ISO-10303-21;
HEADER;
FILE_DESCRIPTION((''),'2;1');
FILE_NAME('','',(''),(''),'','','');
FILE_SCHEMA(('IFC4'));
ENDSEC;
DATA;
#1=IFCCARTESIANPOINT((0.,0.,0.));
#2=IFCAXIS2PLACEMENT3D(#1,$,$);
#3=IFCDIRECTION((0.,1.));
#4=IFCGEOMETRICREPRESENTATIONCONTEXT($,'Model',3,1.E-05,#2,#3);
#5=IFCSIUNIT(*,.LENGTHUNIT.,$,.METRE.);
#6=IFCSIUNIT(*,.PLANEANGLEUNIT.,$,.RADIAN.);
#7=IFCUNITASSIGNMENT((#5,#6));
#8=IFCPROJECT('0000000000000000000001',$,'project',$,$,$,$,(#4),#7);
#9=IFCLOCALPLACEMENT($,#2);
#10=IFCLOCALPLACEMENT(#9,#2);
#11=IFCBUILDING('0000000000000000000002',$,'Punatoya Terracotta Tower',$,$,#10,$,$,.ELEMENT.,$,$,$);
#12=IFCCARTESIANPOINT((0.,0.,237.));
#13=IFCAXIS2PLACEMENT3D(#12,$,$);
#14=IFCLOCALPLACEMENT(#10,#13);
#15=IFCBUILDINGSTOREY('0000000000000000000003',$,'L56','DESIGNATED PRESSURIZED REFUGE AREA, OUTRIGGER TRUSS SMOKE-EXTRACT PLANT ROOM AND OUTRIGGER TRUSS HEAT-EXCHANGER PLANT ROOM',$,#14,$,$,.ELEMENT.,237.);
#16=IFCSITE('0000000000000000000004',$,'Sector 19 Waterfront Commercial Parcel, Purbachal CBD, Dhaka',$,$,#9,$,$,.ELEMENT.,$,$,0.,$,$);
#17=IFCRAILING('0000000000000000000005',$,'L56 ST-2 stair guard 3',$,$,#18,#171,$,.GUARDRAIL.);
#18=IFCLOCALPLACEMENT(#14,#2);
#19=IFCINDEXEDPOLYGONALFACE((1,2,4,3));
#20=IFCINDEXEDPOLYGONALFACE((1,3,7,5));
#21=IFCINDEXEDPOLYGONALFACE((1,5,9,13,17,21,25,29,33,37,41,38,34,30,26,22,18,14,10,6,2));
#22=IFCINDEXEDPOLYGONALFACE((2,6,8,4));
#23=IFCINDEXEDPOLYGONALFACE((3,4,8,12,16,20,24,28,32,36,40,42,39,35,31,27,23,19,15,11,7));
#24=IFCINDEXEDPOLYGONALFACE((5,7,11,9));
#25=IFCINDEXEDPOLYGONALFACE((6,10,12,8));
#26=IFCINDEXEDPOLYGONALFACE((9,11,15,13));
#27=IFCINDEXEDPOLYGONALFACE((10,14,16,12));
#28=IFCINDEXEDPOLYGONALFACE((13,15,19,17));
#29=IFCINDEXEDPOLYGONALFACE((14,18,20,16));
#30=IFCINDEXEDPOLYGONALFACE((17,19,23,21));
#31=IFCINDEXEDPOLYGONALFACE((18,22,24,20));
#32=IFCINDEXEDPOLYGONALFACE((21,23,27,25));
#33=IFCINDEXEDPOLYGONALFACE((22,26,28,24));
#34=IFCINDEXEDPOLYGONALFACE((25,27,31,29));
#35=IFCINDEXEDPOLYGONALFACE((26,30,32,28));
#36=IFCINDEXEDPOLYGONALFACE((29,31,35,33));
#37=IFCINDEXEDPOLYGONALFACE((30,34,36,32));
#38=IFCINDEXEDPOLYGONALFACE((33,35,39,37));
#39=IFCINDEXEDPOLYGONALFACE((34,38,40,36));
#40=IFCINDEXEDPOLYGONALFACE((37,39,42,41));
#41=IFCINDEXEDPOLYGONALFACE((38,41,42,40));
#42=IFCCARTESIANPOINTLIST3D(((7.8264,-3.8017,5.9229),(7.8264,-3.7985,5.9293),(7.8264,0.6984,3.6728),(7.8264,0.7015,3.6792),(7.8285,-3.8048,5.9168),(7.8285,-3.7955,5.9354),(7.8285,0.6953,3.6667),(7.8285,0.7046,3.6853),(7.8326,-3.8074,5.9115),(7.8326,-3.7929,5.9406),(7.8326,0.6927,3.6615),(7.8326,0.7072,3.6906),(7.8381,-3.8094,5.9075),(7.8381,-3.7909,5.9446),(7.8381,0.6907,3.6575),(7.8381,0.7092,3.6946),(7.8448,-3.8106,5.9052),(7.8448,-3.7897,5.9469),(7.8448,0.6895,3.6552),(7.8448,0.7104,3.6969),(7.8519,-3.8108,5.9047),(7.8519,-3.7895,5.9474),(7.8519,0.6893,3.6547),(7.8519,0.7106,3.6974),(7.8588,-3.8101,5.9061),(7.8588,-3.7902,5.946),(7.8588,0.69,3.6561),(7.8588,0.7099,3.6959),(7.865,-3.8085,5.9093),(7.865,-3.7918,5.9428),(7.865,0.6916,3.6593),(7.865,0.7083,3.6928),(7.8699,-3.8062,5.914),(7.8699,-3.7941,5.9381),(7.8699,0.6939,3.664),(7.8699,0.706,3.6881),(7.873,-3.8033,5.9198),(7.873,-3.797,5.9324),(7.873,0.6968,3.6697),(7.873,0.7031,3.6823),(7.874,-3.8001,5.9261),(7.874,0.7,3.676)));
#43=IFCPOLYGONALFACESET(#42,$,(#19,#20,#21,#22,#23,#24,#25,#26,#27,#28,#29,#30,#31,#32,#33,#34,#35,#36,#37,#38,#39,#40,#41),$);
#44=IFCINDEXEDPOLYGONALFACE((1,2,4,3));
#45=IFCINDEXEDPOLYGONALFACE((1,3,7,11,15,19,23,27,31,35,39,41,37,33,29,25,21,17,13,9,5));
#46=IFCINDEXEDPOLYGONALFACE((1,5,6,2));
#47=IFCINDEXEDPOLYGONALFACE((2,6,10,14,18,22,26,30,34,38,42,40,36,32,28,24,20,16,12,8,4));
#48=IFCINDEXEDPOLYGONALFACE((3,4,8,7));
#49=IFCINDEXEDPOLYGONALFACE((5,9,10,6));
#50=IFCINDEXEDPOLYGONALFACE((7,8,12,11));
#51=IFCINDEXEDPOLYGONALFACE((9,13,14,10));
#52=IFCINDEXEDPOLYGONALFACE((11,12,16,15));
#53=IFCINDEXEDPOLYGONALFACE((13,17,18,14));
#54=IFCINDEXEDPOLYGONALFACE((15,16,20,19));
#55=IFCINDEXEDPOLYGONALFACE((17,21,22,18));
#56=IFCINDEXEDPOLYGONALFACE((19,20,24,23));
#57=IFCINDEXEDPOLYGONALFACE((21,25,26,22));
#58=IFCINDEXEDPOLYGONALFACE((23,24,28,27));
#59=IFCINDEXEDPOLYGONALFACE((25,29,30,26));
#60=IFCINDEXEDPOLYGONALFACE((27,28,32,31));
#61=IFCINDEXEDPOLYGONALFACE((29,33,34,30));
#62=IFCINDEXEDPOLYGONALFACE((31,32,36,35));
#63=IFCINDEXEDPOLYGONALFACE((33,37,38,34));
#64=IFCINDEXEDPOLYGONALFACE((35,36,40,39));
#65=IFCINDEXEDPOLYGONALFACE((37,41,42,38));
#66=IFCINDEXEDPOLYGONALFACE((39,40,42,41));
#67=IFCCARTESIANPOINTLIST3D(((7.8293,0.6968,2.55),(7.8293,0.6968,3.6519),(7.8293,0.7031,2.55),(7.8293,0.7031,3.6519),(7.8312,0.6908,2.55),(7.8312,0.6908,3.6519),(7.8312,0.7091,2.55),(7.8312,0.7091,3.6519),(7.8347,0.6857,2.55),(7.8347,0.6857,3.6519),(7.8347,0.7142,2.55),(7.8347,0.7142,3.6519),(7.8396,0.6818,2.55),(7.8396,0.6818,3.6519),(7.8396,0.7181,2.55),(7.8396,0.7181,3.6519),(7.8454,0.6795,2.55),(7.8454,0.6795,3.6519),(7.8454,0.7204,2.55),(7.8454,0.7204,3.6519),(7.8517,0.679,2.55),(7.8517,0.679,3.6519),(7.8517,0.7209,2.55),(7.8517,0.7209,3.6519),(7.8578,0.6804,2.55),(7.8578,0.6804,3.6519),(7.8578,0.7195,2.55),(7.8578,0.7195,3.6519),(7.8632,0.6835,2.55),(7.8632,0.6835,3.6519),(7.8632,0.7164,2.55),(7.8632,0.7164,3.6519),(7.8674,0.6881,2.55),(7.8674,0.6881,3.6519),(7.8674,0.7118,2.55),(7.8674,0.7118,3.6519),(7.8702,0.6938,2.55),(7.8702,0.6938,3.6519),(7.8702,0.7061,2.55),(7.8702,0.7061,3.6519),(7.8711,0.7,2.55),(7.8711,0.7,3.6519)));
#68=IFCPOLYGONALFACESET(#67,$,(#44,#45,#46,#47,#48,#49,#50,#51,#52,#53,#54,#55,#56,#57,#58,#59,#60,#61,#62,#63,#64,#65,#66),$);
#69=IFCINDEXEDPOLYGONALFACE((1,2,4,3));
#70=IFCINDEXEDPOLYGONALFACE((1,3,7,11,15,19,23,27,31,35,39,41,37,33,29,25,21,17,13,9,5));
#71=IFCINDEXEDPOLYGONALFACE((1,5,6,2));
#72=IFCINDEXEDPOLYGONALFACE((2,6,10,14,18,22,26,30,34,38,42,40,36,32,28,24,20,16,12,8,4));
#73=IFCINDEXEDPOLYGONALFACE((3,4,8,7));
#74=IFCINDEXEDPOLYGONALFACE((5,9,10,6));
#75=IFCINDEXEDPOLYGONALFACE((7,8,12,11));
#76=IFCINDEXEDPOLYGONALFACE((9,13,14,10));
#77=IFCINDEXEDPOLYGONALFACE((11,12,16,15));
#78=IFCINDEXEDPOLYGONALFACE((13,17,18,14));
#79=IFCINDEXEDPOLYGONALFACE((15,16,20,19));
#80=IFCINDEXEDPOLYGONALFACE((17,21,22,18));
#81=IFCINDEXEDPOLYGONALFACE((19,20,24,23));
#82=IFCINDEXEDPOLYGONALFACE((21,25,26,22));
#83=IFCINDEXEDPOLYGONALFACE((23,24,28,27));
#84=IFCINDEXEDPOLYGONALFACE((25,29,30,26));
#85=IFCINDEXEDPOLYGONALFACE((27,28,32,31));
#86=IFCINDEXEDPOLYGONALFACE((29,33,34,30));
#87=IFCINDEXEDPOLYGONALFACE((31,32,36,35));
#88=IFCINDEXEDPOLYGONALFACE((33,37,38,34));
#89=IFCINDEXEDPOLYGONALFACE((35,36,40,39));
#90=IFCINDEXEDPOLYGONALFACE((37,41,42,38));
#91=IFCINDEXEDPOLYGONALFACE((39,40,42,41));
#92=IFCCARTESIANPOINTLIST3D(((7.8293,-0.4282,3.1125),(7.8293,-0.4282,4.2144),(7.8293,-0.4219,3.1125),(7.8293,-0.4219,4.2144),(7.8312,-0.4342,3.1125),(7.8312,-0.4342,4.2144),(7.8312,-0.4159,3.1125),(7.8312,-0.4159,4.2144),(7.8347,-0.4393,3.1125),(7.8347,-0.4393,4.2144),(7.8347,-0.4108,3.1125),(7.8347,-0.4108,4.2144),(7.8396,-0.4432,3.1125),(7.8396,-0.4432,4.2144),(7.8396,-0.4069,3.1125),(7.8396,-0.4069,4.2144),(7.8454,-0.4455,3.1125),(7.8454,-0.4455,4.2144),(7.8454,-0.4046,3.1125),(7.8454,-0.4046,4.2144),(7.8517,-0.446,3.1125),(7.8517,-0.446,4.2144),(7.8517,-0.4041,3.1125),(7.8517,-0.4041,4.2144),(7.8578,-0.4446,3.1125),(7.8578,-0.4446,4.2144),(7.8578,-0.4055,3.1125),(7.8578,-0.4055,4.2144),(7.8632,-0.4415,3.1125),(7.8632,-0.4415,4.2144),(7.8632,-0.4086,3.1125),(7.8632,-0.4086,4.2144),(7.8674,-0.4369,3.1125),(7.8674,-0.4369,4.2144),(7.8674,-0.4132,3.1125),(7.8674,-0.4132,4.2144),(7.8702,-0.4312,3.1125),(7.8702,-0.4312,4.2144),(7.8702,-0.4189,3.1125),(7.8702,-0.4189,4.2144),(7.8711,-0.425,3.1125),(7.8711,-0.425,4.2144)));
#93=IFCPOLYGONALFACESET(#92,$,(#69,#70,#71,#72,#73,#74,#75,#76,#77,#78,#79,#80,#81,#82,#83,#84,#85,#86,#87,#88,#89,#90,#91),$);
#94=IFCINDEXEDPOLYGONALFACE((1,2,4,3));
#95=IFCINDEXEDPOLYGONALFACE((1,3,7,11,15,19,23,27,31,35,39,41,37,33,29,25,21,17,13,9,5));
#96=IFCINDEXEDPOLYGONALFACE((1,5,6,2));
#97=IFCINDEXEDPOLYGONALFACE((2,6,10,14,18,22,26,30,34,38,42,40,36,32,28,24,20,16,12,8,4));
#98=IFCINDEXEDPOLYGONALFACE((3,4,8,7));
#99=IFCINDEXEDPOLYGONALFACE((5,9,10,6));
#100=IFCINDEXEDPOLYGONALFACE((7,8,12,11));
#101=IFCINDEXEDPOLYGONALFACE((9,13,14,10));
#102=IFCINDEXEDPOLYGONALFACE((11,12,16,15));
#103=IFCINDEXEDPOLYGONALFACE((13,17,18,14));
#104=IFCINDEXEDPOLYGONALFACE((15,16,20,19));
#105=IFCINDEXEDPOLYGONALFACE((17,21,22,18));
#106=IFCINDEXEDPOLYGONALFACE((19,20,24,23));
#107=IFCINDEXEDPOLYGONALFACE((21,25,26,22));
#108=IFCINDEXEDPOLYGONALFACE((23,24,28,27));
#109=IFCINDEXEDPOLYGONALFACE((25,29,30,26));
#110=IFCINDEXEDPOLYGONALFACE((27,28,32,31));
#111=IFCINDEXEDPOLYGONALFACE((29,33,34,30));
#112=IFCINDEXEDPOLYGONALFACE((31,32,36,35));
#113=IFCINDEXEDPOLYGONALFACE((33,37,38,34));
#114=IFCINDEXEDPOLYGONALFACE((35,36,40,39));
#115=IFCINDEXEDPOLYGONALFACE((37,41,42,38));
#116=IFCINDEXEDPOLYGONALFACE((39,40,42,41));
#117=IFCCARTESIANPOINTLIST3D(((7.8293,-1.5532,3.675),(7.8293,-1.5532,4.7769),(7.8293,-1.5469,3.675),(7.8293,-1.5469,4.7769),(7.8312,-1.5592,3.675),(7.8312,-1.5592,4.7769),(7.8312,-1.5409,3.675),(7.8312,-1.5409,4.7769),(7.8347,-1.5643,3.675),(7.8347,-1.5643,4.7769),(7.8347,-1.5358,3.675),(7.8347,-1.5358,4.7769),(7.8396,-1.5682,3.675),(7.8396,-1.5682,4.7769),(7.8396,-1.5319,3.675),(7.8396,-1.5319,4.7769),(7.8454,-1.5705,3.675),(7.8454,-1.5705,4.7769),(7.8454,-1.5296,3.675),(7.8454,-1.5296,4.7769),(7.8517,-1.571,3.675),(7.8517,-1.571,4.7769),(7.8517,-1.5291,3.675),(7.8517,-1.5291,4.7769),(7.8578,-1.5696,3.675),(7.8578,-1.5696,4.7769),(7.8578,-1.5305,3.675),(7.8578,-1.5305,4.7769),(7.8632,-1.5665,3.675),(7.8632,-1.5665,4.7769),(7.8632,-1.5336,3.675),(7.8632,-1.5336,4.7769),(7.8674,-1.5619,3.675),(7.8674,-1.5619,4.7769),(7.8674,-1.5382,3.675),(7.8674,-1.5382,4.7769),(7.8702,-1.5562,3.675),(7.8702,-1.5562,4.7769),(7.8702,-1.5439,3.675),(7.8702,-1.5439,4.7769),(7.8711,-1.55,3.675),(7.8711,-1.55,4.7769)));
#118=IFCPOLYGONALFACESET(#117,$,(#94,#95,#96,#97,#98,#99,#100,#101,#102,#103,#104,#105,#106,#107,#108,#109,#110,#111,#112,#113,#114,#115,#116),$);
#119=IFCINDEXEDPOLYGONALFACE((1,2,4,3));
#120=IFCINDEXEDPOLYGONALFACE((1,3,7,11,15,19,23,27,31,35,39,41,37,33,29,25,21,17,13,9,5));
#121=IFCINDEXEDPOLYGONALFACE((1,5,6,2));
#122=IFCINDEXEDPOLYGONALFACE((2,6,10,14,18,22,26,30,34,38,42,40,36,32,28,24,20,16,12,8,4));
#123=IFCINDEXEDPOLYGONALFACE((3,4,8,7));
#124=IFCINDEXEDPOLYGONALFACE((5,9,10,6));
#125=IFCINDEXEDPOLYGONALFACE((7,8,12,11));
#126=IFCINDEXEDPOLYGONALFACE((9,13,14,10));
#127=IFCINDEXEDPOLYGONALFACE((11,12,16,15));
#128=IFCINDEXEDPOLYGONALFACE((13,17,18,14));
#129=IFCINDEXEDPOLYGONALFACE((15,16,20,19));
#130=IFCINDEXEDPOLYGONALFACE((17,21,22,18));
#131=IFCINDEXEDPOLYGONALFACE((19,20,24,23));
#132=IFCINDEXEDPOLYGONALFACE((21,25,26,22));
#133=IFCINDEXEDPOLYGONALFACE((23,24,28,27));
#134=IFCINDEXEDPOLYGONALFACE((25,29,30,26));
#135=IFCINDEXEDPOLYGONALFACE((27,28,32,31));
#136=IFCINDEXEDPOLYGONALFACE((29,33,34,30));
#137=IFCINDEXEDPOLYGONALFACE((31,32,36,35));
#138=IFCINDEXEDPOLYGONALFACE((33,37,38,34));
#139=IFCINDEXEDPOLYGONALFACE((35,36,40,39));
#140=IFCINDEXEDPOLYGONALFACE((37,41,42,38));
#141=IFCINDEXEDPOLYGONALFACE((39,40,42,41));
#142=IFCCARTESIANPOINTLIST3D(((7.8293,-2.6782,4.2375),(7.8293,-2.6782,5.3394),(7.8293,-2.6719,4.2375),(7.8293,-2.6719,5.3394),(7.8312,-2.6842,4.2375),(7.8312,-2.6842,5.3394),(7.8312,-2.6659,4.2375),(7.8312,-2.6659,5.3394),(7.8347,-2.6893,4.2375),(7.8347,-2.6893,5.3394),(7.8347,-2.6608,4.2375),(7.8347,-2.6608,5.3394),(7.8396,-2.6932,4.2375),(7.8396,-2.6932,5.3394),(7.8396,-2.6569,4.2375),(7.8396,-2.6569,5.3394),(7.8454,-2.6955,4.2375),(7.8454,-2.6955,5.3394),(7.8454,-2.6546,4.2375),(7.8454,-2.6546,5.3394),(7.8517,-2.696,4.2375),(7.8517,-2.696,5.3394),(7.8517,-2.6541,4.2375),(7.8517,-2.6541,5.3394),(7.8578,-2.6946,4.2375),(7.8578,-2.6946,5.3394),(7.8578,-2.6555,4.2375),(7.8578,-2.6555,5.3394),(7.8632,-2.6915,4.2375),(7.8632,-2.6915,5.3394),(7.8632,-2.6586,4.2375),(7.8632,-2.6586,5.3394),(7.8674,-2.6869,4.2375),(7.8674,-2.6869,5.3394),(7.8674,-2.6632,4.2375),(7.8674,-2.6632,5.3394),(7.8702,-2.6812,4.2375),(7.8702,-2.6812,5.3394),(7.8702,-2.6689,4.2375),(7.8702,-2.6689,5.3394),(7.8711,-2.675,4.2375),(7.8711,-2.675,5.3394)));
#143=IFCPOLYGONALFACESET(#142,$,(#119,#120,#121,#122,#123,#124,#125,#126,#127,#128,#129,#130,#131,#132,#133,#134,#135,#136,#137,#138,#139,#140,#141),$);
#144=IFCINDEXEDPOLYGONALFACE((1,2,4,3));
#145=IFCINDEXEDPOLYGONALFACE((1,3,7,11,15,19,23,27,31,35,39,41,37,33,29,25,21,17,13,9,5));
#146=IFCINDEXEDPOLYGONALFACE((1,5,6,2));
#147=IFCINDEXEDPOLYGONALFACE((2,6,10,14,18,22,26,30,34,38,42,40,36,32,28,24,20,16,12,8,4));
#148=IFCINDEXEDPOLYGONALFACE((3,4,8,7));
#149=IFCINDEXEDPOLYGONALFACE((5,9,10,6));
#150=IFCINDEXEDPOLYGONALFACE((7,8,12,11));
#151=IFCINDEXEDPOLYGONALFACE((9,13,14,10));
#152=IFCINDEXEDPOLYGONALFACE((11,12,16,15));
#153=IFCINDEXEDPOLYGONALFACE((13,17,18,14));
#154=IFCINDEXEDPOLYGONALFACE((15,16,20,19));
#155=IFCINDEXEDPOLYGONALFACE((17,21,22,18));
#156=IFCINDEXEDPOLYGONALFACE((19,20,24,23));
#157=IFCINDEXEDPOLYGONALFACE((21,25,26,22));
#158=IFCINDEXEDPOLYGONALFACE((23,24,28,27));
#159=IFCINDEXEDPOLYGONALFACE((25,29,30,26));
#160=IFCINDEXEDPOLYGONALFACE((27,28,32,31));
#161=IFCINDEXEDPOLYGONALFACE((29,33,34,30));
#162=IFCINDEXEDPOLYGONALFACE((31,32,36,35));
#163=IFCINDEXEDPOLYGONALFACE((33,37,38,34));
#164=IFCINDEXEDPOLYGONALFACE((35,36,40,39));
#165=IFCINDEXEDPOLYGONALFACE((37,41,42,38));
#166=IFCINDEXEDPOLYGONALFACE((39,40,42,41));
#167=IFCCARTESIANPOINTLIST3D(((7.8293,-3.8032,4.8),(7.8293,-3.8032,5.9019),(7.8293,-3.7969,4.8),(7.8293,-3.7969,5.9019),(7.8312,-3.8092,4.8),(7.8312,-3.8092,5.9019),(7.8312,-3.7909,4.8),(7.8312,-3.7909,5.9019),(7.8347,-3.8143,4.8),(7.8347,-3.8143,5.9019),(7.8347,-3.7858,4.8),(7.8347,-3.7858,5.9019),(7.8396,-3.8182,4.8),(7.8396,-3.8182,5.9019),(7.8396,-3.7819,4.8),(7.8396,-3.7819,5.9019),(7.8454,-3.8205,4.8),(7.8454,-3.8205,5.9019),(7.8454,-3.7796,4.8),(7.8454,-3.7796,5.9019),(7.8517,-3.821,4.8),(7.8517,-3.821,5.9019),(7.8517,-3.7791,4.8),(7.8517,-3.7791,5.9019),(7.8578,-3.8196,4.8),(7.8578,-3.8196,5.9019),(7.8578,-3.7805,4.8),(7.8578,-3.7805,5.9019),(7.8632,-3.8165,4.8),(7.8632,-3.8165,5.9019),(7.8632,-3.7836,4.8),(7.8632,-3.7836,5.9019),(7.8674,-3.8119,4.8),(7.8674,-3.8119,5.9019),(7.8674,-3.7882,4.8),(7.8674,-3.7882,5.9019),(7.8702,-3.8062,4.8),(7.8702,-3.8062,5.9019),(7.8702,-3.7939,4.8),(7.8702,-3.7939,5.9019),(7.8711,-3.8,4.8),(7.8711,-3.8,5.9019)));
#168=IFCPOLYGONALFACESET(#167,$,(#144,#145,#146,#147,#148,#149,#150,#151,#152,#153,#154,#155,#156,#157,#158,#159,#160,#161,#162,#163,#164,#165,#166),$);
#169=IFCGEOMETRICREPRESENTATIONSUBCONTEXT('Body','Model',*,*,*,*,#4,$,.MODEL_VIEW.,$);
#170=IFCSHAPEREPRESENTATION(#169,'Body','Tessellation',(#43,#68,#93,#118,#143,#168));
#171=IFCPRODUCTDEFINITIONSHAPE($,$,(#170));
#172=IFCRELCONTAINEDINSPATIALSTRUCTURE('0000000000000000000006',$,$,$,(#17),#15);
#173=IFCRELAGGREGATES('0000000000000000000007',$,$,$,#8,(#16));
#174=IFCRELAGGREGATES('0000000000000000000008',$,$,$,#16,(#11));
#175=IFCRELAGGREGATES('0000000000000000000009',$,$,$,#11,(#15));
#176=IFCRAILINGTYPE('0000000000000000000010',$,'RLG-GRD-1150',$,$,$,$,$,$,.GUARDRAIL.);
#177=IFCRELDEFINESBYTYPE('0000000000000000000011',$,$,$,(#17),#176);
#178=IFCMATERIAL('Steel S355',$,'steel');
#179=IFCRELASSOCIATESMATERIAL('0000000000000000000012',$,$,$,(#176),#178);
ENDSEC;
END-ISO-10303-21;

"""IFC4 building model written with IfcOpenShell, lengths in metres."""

from ifc_helpers import new_model, si_unit, direction, frame, origin, origin_2d, place, context, subcontext, project, spatial, circle, extrude, material, type_object, element, save


model = new_model("IFC4")

# Units and contexts
model_context = context("Model", 3, precision=1e-05, world=origin(), true_north=direction((0.0, 1.0)))
body_context = subcontext(model_context, "Body", "Model", "MODEL_VIEW")
ifc_project = project(units=[si_unit("LENGTHUNIT", "METRE"), si_unit("PLANEANGLEUNIT", "RADIAN")], contexts=[model_context])

# Site, building, storey
site_placement = place(None, origin())
site = spatial("IfcSite", under=ifc_project, at=site_placement, Name="Sector 19 Waterfront Commercial Parcel, Purbachal CBD, Dhaka", CompositionType="ELEMENT", RefElevation=0.0)
building_placement = place(site_placement, origin())
building = spatial("IfcBuilding", under=site, at=building_placement, Name="Punatoya Terracotta Tower", CompositionType="ELEMENT")
storey_placement = place(building_placement, frame((0.0, 0.0, 237.0)))
storey = spatial("IfcBuildingStorey", under=building, at=storey_placement, Name="L56", Description="DESIGNATED PRESSURIZED REFUGE AREA, OUTRIGGER TRUSS SMOKE-EXTRACT PLANT ROOM AND OUTRIGGER TRUSS HEAT-EXCHANGER PLANT ROOM", CompositionType="ELEMENT", Elevation=237.0)

# Railing
ifc_material_1 = material(Name="Steel S355", Category="steel")
railing_type = type_object("IfcRailingType", Name="RLG-GRD-1150", PredefinedType="GUARDRAIL", material=ifc_material_1)
railing_1_placement = place(storey_placement, frame((7.8501, 0.7, 2.55)))
element("IfcRailing", 1, at=railing_1_placement, inside=storey, type_object=railing_type, Name="L56 ST-2 stair guard 3", PredefinedType="GUARDRAIL", context=body_context, shape_type="SweptSolid", body=[
    extrude(circle(Radius=0.0239, at=origin_2d()), frame((0.0, 0.0, 1.126), z_axis=(0.0, -0.894427, 0.447214), x_axis=(1.0, 0.0, 0.0)), (0.0, 0.0, 1.0), 5.0312),
    extrude(circle(Radius=0.021, at=origin_2d()), origin(), (0.0, 0.0, 1.0), 1.1018),
    extrude(circle(Radius=0.021, at=origin_2d()), frame((0.0, -1.125, 0.5625)), (0.0, 0.0, 1.0), 1.1018),
    extrude(circle(Radius=0.021, at=origin_2d()), frame((0.0, -2.25, 1.125)), (0.0, 0.0, 1.0), 1.1018),
    extrude(circle(Radius=0.021, at=origin_2d()), frame((0.0, -3.375, 1.6875)), (0.0, 0.0, 1.0), 1.1018),
    extrude(circle(Radius=0.021, at=origin_2d()), frame((0.0, -4.5, 2.25)), (0.0, 0.0, 1.0), 1.1018),
])

save(model, "model.ifc")
